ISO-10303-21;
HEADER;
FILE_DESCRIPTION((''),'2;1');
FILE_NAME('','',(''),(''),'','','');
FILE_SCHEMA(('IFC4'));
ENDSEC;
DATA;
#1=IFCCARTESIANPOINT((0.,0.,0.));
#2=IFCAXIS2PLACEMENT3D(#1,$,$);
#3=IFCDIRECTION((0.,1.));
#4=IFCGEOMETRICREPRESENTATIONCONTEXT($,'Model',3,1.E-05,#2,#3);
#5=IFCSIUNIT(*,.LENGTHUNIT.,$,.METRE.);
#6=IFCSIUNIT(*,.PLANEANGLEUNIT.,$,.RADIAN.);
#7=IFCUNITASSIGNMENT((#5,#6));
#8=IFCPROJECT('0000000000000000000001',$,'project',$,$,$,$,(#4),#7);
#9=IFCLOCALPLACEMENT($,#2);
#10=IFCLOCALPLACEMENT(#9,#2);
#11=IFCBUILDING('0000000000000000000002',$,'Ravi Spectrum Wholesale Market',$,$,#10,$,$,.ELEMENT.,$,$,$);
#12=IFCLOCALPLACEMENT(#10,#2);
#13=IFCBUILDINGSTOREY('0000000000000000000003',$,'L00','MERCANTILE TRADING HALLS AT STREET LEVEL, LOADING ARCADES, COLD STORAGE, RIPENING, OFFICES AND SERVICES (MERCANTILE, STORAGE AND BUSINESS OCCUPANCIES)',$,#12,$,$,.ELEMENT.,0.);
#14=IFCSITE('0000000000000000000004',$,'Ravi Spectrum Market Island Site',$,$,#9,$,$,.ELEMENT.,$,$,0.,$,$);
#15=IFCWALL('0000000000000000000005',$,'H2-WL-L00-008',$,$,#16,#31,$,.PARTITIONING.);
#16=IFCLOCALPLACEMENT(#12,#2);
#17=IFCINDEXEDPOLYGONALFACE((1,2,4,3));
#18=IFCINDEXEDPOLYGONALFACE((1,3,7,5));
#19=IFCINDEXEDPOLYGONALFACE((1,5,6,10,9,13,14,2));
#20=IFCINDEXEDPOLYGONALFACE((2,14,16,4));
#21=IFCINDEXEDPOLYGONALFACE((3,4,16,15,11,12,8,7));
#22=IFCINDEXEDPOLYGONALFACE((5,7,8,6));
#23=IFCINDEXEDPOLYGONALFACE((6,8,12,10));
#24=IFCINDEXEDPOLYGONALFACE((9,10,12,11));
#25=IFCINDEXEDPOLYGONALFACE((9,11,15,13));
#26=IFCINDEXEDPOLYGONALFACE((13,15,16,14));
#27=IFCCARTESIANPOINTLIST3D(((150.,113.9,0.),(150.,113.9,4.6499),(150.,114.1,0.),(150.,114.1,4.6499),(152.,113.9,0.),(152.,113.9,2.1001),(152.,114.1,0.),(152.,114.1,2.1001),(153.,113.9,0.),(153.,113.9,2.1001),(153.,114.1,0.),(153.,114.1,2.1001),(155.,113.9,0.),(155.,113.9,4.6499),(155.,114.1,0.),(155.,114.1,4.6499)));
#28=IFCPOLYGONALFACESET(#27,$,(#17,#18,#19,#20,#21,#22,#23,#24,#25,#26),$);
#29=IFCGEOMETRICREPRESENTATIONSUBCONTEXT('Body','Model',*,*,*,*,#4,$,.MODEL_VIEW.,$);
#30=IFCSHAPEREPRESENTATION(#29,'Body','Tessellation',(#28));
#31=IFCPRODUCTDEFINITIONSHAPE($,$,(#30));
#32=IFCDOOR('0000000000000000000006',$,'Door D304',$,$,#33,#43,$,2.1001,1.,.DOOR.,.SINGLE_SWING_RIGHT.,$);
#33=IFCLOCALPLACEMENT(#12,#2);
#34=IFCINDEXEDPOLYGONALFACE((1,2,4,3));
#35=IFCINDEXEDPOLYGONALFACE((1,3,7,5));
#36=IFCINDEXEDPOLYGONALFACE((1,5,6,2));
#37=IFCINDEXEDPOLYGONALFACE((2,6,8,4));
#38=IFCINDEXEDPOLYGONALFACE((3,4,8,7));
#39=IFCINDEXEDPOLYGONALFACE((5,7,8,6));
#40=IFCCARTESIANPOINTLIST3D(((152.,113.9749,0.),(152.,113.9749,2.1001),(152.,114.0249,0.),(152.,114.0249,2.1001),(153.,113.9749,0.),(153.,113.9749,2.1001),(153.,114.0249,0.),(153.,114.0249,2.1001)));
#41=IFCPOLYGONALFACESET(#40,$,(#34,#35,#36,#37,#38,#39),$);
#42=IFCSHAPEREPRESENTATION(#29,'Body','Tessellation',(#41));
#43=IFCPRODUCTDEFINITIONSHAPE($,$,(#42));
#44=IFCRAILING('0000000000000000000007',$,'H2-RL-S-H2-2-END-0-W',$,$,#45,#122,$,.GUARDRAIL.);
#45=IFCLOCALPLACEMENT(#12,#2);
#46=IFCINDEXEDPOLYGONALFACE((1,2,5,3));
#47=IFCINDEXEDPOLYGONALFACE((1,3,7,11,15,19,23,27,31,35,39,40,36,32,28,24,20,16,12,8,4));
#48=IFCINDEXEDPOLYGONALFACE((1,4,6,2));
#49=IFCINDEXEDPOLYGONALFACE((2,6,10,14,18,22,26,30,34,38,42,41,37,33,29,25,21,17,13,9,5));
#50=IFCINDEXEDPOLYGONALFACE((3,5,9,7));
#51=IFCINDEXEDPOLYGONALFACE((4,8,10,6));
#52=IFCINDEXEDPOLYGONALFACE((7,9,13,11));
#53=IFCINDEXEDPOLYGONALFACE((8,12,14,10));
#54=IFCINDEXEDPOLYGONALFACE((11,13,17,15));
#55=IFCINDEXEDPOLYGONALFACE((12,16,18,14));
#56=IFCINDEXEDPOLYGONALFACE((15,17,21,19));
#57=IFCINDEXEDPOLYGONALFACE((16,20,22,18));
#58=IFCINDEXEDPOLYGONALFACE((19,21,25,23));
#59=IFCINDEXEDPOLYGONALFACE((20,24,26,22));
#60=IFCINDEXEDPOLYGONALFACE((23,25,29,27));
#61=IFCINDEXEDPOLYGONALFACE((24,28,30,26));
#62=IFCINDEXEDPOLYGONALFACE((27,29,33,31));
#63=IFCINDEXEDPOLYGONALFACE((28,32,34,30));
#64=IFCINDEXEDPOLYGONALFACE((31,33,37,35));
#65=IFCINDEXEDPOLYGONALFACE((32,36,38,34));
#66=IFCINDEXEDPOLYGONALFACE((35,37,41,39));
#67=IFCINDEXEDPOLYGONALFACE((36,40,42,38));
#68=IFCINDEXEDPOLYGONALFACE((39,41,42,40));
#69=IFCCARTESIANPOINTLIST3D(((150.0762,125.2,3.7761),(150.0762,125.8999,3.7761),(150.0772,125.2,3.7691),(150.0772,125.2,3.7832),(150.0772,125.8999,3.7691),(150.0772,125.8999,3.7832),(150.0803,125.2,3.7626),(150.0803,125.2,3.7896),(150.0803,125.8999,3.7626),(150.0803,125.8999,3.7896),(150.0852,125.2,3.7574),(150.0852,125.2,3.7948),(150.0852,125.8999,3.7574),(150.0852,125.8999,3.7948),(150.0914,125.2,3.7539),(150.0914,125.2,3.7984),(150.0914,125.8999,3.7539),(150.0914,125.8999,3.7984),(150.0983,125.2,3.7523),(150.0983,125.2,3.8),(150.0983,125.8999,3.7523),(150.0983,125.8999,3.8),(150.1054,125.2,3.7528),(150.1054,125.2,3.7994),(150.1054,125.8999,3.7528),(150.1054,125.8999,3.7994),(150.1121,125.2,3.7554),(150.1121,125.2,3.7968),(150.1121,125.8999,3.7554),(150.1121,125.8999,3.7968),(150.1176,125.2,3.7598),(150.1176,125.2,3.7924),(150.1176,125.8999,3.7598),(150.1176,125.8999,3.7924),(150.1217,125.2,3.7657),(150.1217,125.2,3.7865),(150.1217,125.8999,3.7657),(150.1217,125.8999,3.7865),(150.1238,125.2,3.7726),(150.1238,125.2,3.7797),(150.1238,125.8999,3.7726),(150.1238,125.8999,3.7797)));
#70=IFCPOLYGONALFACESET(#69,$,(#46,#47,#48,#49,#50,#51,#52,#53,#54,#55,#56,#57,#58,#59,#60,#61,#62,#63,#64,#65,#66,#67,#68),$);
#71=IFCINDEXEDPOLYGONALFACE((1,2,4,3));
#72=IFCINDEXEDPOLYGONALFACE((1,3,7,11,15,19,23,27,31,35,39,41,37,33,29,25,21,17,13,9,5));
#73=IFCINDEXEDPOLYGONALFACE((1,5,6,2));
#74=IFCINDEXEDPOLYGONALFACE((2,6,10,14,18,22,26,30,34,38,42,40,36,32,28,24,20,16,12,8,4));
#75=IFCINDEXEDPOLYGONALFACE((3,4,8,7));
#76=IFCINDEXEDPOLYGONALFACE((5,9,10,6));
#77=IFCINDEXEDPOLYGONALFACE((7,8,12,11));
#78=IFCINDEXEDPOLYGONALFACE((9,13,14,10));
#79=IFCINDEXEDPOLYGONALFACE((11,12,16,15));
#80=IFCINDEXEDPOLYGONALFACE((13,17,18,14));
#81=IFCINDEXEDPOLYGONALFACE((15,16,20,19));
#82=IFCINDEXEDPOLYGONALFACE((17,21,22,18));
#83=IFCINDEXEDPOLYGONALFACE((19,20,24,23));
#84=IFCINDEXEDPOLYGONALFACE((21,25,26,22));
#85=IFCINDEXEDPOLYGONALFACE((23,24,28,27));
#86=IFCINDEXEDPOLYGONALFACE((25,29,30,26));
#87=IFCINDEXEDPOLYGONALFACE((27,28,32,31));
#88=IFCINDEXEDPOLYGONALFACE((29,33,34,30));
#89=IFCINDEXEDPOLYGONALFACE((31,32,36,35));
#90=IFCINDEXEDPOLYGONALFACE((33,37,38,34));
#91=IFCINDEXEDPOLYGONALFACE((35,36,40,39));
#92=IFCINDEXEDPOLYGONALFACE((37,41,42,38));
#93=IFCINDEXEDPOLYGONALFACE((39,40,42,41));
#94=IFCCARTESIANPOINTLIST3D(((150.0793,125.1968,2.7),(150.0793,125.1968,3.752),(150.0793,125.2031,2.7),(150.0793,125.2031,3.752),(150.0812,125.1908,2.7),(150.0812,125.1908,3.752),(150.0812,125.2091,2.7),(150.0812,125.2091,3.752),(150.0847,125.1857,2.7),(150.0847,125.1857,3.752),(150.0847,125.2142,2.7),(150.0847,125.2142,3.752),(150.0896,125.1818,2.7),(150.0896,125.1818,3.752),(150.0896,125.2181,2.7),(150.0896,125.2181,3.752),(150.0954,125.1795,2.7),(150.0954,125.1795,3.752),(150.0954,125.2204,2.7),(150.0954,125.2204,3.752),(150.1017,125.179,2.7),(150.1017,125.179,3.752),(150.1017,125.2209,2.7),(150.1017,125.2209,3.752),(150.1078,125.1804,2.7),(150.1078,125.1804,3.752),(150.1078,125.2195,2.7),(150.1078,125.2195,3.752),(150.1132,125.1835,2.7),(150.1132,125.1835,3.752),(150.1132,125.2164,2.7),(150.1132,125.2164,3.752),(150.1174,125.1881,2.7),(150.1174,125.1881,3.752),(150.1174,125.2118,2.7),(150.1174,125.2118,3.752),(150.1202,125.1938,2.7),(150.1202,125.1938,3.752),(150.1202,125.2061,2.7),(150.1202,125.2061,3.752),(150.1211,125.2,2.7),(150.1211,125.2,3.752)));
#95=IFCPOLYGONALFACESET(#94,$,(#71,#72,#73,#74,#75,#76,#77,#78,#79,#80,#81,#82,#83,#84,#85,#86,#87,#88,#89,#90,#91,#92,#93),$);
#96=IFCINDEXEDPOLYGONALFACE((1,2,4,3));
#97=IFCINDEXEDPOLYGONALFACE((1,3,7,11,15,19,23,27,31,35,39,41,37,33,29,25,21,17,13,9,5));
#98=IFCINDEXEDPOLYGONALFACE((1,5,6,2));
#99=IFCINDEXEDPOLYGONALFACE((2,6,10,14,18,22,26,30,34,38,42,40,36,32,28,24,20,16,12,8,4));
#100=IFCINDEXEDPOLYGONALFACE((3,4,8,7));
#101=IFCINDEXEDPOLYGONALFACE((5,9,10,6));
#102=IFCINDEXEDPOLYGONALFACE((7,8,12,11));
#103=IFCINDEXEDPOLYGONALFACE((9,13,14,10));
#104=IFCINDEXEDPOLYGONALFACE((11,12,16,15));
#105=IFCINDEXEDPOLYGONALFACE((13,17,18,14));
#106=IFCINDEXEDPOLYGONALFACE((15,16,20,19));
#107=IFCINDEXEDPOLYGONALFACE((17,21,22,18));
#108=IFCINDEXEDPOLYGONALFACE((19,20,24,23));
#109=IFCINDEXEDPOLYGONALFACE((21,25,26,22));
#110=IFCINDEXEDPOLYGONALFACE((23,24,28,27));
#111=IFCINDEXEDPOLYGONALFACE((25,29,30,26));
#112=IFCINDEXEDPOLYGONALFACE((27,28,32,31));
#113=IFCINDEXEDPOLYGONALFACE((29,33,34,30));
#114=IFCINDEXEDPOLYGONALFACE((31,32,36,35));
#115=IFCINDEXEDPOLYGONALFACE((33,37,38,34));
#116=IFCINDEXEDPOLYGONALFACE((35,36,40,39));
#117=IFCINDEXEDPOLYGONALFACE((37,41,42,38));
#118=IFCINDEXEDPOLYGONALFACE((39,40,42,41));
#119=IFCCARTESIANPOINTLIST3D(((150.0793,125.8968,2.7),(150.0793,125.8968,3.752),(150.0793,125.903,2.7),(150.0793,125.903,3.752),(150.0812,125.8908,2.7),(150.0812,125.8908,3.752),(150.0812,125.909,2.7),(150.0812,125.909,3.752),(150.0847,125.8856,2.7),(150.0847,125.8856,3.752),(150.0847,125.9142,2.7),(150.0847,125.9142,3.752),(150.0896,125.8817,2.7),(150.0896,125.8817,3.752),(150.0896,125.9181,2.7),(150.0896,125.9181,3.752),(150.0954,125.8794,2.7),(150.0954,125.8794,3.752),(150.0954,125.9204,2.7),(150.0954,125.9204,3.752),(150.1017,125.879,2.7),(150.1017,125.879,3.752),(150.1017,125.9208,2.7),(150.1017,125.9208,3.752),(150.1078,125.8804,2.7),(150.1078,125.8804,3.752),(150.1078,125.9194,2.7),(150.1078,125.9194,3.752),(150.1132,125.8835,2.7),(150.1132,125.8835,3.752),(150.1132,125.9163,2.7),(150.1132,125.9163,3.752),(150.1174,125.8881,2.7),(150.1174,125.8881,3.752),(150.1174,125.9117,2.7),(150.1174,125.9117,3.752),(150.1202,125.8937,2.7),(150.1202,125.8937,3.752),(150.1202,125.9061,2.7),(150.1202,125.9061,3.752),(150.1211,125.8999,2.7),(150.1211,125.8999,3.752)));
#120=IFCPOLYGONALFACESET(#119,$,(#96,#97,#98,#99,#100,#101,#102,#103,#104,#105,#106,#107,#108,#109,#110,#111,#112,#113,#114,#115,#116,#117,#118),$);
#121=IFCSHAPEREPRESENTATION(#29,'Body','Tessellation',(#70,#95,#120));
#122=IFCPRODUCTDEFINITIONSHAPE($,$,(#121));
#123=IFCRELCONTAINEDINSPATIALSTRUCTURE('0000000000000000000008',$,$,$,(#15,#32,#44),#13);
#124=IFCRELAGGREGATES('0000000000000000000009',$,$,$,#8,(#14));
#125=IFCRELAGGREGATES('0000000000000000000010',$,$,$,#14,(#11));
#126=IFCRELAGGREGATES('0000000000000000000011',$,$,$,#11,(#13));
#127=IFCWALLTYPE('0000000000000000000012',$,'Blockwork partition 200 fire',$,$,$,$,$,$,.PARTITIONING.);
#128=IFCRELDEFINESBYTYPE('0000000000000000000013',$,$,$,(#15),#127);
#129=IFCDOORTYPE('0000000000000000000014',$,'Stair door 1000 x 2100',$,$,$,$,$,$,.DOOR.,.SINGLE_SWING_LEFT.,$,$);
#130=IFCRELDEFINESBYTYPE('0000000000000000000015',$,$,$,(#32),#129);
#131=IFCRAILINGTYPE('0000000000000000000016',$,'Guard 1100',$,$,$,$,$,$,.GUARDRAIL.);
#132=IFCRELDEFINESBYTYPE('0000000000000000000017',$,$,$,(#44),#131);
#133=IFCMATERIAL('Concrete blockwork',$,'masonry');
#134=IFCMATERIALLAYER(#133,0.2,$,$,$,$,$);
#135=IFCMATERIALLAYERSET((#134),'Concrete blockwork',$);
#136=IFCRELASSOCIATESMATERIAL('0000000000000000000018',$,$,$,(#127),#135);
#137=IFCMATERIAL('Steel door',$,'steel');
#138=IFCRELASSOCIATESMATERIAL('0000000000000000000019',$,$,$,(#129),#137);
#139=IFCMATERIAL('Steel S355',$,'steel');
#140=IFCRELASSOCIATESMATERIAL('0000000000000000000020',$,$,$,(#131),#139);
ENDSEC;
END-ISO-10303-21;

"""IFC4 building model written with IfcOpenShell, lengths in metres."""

from ifc_helpers import new_model, si_unit, direction, frame, frame_2d, origin, origin_2d, place, context, subcontext, project, spatial, rectangle, circle, extrude, material, layer, layer_set, type_object, element, fill, save


model = new_model("IFC4")

# Units and contexts
model_context = context("Model", 3, precision=1e-05, world=origin(), true_north=direction((0.0, 1.0)))
body_context = subcontext(model_context, "Body", "Model", "MODEL_VIEW")
ifc_project = project(units=[si_unit("LENGTHUNIT", "METRE"), si_unit("PLANEANGLEUNIT", "RADIAN")], contexts=[model_context])

# Site, building, storey
site_placement = place(None, origin())
site = spatial("IfcSite", under=ifc_project, at=site_placement, Name="Ravi Spectrum Market Island Site", CompositionType="ELEMENT", RefElevation=0.0)
building_placement = place(site_placement, origin())
building = spatial("IfcBuilding", under=site, at=building_placement, Name="Ravi Spectrum Wholesale Market", CompositionType="ELEMENT")
storey_placement = place(building_placement, origin())
storey = spatial("IfcBuildingStorey", under=building, at=storey_placement, Name="L00", Description="MERCANTILE TRADING HALLS AT STREET LEVEL, LOADING ARCADES, COLD STORAGE, RIPENING, OFFICES AND SERVICES (MERCANTILE, STORAGE AND BUSINESS OCCUPANCIES)", CompositionType="ELEMENT", Elevation=0.0)

# Wall, opening, door
ifc_material_1 = material(Name="Concrete blockwork", Category="masonry")
ifc_layer = layer(ifc_material_1, 0.2)
ifc_layer_set = layer_set([ifc_layer], Name="Concrete blockwork")
wall_type = type_object("IfcWallType", Name="Blockwork partition 200 fire", PredefinedType="PARTITIONING", material=ifc_layer_set)
wall_placement = place(storey_placement, frame((150.0, 114.0, 0.0), z_axis=(0.0, 0.0, 1.0), x_axis=(1.0, 0.0, 0.0)))
wall = element("IfcWall", 1, at=wall_placement, inside=storey, type_object=wall_type, Name="H2-WL-L00-008", PredefinedType="PARTITIONING", context=body_context, shape_type="SweptSolid", body=[
    extrude(rectangle(XDim=5.0, YDim=0.2, at=frame_2d((2.5, 0.0))), origin(), (0.0, 0.0, 1.0), 4.6499),
])
opening_placement = place(wall_placement, frame((2.0, 0.0, 0.0)))
opening = element("IfcOpeningElement", 2, at=opening_placement, cuts=wall, PredefinedType="OPENING", context=body_context, shape_type="SweptSolid", body=[
    extrude(rectangle(XDim=1.0, YDim=2.1001, at=frame_2d((0.5, 1.05))), frame((0.0, 0.1099, 0.0), z_axis=(0.0, -1.0, 0.0), x_axis=(1.0, 0.0, 0.0)), (0.0, 0.0, 1.0), 0.22),
])
ifc_material_2 = material(Name="Steel door", Category="steel")
door_type = type_object("IfcDoorType", Name="Stair door 1000 x 2100", OperationType="SINGLE_SWING_LEFT", PredefinedType="DOOR", material=ifc_material_2)
door_placement = place(opening_placement, origin())
door = element("IfcDoor", 3, at=door_placement, inside=storey, type_object=door_type, Name="Door D304", OperationType="SINGLE_SWING_RIGHT", OverallHeight=2.1001, OverallWidth=1.0, PredefinedType="DOOR", context=body_context, shape_type="SweptSolid", body=[
    extrude(rectangle(XDim=1.0, YDim=2.1001, at=frame_2d((0.5, 1.05))), frame((0.0, 0.0249, 0.0), z_axis=(0.0, -1.0, 0.0), x_axis=(1.0, 0.0, 0.0)), (0.0, 0.0, 1.0), 0.05),
])
fill(opening, door)

# Railing
ifc_material_3 = material(Name="Steel S355", Category="steel")
railing_type_1 = type_object("IfcRailingType", Name="Guard 1100", PredefinedType="GUARDRAIL", material=ifc_material_3)
railing_1_placement = place(storey_placement, frame((150.1001, 125.2, 2.7)))
element("IfcRailing", 4, at=railing_1_placement, inside=storey, type_object=railing_type_1, Name="H2-RL-S-H2-2-END-0-W", PredefinedType="GUARDRAIL", context=body_context, shape_type="SweptSolid", body=[
    extrude(circle(Radius=0.0239, at=origin_2d()), frame((0.0, 0.0, 1.0762), z_axis=(0.0, 1.0, 0.0), x_axis=(-1.0, 0.0, 0.0)), (0.0, 0.0, 1.0), 0.7),
    extrude(circle(Radius=0.021, at=origin_2d()), origin(), (0.0, 0.0, 1.0), 1.052),
    extrude(circle(Radius=0.021, at=origin_2d()), frame((0.0, 0.7, 0.0)), (0.0, 0.0, 1.0), 1.052),
])

save(model, "model.ifc")
